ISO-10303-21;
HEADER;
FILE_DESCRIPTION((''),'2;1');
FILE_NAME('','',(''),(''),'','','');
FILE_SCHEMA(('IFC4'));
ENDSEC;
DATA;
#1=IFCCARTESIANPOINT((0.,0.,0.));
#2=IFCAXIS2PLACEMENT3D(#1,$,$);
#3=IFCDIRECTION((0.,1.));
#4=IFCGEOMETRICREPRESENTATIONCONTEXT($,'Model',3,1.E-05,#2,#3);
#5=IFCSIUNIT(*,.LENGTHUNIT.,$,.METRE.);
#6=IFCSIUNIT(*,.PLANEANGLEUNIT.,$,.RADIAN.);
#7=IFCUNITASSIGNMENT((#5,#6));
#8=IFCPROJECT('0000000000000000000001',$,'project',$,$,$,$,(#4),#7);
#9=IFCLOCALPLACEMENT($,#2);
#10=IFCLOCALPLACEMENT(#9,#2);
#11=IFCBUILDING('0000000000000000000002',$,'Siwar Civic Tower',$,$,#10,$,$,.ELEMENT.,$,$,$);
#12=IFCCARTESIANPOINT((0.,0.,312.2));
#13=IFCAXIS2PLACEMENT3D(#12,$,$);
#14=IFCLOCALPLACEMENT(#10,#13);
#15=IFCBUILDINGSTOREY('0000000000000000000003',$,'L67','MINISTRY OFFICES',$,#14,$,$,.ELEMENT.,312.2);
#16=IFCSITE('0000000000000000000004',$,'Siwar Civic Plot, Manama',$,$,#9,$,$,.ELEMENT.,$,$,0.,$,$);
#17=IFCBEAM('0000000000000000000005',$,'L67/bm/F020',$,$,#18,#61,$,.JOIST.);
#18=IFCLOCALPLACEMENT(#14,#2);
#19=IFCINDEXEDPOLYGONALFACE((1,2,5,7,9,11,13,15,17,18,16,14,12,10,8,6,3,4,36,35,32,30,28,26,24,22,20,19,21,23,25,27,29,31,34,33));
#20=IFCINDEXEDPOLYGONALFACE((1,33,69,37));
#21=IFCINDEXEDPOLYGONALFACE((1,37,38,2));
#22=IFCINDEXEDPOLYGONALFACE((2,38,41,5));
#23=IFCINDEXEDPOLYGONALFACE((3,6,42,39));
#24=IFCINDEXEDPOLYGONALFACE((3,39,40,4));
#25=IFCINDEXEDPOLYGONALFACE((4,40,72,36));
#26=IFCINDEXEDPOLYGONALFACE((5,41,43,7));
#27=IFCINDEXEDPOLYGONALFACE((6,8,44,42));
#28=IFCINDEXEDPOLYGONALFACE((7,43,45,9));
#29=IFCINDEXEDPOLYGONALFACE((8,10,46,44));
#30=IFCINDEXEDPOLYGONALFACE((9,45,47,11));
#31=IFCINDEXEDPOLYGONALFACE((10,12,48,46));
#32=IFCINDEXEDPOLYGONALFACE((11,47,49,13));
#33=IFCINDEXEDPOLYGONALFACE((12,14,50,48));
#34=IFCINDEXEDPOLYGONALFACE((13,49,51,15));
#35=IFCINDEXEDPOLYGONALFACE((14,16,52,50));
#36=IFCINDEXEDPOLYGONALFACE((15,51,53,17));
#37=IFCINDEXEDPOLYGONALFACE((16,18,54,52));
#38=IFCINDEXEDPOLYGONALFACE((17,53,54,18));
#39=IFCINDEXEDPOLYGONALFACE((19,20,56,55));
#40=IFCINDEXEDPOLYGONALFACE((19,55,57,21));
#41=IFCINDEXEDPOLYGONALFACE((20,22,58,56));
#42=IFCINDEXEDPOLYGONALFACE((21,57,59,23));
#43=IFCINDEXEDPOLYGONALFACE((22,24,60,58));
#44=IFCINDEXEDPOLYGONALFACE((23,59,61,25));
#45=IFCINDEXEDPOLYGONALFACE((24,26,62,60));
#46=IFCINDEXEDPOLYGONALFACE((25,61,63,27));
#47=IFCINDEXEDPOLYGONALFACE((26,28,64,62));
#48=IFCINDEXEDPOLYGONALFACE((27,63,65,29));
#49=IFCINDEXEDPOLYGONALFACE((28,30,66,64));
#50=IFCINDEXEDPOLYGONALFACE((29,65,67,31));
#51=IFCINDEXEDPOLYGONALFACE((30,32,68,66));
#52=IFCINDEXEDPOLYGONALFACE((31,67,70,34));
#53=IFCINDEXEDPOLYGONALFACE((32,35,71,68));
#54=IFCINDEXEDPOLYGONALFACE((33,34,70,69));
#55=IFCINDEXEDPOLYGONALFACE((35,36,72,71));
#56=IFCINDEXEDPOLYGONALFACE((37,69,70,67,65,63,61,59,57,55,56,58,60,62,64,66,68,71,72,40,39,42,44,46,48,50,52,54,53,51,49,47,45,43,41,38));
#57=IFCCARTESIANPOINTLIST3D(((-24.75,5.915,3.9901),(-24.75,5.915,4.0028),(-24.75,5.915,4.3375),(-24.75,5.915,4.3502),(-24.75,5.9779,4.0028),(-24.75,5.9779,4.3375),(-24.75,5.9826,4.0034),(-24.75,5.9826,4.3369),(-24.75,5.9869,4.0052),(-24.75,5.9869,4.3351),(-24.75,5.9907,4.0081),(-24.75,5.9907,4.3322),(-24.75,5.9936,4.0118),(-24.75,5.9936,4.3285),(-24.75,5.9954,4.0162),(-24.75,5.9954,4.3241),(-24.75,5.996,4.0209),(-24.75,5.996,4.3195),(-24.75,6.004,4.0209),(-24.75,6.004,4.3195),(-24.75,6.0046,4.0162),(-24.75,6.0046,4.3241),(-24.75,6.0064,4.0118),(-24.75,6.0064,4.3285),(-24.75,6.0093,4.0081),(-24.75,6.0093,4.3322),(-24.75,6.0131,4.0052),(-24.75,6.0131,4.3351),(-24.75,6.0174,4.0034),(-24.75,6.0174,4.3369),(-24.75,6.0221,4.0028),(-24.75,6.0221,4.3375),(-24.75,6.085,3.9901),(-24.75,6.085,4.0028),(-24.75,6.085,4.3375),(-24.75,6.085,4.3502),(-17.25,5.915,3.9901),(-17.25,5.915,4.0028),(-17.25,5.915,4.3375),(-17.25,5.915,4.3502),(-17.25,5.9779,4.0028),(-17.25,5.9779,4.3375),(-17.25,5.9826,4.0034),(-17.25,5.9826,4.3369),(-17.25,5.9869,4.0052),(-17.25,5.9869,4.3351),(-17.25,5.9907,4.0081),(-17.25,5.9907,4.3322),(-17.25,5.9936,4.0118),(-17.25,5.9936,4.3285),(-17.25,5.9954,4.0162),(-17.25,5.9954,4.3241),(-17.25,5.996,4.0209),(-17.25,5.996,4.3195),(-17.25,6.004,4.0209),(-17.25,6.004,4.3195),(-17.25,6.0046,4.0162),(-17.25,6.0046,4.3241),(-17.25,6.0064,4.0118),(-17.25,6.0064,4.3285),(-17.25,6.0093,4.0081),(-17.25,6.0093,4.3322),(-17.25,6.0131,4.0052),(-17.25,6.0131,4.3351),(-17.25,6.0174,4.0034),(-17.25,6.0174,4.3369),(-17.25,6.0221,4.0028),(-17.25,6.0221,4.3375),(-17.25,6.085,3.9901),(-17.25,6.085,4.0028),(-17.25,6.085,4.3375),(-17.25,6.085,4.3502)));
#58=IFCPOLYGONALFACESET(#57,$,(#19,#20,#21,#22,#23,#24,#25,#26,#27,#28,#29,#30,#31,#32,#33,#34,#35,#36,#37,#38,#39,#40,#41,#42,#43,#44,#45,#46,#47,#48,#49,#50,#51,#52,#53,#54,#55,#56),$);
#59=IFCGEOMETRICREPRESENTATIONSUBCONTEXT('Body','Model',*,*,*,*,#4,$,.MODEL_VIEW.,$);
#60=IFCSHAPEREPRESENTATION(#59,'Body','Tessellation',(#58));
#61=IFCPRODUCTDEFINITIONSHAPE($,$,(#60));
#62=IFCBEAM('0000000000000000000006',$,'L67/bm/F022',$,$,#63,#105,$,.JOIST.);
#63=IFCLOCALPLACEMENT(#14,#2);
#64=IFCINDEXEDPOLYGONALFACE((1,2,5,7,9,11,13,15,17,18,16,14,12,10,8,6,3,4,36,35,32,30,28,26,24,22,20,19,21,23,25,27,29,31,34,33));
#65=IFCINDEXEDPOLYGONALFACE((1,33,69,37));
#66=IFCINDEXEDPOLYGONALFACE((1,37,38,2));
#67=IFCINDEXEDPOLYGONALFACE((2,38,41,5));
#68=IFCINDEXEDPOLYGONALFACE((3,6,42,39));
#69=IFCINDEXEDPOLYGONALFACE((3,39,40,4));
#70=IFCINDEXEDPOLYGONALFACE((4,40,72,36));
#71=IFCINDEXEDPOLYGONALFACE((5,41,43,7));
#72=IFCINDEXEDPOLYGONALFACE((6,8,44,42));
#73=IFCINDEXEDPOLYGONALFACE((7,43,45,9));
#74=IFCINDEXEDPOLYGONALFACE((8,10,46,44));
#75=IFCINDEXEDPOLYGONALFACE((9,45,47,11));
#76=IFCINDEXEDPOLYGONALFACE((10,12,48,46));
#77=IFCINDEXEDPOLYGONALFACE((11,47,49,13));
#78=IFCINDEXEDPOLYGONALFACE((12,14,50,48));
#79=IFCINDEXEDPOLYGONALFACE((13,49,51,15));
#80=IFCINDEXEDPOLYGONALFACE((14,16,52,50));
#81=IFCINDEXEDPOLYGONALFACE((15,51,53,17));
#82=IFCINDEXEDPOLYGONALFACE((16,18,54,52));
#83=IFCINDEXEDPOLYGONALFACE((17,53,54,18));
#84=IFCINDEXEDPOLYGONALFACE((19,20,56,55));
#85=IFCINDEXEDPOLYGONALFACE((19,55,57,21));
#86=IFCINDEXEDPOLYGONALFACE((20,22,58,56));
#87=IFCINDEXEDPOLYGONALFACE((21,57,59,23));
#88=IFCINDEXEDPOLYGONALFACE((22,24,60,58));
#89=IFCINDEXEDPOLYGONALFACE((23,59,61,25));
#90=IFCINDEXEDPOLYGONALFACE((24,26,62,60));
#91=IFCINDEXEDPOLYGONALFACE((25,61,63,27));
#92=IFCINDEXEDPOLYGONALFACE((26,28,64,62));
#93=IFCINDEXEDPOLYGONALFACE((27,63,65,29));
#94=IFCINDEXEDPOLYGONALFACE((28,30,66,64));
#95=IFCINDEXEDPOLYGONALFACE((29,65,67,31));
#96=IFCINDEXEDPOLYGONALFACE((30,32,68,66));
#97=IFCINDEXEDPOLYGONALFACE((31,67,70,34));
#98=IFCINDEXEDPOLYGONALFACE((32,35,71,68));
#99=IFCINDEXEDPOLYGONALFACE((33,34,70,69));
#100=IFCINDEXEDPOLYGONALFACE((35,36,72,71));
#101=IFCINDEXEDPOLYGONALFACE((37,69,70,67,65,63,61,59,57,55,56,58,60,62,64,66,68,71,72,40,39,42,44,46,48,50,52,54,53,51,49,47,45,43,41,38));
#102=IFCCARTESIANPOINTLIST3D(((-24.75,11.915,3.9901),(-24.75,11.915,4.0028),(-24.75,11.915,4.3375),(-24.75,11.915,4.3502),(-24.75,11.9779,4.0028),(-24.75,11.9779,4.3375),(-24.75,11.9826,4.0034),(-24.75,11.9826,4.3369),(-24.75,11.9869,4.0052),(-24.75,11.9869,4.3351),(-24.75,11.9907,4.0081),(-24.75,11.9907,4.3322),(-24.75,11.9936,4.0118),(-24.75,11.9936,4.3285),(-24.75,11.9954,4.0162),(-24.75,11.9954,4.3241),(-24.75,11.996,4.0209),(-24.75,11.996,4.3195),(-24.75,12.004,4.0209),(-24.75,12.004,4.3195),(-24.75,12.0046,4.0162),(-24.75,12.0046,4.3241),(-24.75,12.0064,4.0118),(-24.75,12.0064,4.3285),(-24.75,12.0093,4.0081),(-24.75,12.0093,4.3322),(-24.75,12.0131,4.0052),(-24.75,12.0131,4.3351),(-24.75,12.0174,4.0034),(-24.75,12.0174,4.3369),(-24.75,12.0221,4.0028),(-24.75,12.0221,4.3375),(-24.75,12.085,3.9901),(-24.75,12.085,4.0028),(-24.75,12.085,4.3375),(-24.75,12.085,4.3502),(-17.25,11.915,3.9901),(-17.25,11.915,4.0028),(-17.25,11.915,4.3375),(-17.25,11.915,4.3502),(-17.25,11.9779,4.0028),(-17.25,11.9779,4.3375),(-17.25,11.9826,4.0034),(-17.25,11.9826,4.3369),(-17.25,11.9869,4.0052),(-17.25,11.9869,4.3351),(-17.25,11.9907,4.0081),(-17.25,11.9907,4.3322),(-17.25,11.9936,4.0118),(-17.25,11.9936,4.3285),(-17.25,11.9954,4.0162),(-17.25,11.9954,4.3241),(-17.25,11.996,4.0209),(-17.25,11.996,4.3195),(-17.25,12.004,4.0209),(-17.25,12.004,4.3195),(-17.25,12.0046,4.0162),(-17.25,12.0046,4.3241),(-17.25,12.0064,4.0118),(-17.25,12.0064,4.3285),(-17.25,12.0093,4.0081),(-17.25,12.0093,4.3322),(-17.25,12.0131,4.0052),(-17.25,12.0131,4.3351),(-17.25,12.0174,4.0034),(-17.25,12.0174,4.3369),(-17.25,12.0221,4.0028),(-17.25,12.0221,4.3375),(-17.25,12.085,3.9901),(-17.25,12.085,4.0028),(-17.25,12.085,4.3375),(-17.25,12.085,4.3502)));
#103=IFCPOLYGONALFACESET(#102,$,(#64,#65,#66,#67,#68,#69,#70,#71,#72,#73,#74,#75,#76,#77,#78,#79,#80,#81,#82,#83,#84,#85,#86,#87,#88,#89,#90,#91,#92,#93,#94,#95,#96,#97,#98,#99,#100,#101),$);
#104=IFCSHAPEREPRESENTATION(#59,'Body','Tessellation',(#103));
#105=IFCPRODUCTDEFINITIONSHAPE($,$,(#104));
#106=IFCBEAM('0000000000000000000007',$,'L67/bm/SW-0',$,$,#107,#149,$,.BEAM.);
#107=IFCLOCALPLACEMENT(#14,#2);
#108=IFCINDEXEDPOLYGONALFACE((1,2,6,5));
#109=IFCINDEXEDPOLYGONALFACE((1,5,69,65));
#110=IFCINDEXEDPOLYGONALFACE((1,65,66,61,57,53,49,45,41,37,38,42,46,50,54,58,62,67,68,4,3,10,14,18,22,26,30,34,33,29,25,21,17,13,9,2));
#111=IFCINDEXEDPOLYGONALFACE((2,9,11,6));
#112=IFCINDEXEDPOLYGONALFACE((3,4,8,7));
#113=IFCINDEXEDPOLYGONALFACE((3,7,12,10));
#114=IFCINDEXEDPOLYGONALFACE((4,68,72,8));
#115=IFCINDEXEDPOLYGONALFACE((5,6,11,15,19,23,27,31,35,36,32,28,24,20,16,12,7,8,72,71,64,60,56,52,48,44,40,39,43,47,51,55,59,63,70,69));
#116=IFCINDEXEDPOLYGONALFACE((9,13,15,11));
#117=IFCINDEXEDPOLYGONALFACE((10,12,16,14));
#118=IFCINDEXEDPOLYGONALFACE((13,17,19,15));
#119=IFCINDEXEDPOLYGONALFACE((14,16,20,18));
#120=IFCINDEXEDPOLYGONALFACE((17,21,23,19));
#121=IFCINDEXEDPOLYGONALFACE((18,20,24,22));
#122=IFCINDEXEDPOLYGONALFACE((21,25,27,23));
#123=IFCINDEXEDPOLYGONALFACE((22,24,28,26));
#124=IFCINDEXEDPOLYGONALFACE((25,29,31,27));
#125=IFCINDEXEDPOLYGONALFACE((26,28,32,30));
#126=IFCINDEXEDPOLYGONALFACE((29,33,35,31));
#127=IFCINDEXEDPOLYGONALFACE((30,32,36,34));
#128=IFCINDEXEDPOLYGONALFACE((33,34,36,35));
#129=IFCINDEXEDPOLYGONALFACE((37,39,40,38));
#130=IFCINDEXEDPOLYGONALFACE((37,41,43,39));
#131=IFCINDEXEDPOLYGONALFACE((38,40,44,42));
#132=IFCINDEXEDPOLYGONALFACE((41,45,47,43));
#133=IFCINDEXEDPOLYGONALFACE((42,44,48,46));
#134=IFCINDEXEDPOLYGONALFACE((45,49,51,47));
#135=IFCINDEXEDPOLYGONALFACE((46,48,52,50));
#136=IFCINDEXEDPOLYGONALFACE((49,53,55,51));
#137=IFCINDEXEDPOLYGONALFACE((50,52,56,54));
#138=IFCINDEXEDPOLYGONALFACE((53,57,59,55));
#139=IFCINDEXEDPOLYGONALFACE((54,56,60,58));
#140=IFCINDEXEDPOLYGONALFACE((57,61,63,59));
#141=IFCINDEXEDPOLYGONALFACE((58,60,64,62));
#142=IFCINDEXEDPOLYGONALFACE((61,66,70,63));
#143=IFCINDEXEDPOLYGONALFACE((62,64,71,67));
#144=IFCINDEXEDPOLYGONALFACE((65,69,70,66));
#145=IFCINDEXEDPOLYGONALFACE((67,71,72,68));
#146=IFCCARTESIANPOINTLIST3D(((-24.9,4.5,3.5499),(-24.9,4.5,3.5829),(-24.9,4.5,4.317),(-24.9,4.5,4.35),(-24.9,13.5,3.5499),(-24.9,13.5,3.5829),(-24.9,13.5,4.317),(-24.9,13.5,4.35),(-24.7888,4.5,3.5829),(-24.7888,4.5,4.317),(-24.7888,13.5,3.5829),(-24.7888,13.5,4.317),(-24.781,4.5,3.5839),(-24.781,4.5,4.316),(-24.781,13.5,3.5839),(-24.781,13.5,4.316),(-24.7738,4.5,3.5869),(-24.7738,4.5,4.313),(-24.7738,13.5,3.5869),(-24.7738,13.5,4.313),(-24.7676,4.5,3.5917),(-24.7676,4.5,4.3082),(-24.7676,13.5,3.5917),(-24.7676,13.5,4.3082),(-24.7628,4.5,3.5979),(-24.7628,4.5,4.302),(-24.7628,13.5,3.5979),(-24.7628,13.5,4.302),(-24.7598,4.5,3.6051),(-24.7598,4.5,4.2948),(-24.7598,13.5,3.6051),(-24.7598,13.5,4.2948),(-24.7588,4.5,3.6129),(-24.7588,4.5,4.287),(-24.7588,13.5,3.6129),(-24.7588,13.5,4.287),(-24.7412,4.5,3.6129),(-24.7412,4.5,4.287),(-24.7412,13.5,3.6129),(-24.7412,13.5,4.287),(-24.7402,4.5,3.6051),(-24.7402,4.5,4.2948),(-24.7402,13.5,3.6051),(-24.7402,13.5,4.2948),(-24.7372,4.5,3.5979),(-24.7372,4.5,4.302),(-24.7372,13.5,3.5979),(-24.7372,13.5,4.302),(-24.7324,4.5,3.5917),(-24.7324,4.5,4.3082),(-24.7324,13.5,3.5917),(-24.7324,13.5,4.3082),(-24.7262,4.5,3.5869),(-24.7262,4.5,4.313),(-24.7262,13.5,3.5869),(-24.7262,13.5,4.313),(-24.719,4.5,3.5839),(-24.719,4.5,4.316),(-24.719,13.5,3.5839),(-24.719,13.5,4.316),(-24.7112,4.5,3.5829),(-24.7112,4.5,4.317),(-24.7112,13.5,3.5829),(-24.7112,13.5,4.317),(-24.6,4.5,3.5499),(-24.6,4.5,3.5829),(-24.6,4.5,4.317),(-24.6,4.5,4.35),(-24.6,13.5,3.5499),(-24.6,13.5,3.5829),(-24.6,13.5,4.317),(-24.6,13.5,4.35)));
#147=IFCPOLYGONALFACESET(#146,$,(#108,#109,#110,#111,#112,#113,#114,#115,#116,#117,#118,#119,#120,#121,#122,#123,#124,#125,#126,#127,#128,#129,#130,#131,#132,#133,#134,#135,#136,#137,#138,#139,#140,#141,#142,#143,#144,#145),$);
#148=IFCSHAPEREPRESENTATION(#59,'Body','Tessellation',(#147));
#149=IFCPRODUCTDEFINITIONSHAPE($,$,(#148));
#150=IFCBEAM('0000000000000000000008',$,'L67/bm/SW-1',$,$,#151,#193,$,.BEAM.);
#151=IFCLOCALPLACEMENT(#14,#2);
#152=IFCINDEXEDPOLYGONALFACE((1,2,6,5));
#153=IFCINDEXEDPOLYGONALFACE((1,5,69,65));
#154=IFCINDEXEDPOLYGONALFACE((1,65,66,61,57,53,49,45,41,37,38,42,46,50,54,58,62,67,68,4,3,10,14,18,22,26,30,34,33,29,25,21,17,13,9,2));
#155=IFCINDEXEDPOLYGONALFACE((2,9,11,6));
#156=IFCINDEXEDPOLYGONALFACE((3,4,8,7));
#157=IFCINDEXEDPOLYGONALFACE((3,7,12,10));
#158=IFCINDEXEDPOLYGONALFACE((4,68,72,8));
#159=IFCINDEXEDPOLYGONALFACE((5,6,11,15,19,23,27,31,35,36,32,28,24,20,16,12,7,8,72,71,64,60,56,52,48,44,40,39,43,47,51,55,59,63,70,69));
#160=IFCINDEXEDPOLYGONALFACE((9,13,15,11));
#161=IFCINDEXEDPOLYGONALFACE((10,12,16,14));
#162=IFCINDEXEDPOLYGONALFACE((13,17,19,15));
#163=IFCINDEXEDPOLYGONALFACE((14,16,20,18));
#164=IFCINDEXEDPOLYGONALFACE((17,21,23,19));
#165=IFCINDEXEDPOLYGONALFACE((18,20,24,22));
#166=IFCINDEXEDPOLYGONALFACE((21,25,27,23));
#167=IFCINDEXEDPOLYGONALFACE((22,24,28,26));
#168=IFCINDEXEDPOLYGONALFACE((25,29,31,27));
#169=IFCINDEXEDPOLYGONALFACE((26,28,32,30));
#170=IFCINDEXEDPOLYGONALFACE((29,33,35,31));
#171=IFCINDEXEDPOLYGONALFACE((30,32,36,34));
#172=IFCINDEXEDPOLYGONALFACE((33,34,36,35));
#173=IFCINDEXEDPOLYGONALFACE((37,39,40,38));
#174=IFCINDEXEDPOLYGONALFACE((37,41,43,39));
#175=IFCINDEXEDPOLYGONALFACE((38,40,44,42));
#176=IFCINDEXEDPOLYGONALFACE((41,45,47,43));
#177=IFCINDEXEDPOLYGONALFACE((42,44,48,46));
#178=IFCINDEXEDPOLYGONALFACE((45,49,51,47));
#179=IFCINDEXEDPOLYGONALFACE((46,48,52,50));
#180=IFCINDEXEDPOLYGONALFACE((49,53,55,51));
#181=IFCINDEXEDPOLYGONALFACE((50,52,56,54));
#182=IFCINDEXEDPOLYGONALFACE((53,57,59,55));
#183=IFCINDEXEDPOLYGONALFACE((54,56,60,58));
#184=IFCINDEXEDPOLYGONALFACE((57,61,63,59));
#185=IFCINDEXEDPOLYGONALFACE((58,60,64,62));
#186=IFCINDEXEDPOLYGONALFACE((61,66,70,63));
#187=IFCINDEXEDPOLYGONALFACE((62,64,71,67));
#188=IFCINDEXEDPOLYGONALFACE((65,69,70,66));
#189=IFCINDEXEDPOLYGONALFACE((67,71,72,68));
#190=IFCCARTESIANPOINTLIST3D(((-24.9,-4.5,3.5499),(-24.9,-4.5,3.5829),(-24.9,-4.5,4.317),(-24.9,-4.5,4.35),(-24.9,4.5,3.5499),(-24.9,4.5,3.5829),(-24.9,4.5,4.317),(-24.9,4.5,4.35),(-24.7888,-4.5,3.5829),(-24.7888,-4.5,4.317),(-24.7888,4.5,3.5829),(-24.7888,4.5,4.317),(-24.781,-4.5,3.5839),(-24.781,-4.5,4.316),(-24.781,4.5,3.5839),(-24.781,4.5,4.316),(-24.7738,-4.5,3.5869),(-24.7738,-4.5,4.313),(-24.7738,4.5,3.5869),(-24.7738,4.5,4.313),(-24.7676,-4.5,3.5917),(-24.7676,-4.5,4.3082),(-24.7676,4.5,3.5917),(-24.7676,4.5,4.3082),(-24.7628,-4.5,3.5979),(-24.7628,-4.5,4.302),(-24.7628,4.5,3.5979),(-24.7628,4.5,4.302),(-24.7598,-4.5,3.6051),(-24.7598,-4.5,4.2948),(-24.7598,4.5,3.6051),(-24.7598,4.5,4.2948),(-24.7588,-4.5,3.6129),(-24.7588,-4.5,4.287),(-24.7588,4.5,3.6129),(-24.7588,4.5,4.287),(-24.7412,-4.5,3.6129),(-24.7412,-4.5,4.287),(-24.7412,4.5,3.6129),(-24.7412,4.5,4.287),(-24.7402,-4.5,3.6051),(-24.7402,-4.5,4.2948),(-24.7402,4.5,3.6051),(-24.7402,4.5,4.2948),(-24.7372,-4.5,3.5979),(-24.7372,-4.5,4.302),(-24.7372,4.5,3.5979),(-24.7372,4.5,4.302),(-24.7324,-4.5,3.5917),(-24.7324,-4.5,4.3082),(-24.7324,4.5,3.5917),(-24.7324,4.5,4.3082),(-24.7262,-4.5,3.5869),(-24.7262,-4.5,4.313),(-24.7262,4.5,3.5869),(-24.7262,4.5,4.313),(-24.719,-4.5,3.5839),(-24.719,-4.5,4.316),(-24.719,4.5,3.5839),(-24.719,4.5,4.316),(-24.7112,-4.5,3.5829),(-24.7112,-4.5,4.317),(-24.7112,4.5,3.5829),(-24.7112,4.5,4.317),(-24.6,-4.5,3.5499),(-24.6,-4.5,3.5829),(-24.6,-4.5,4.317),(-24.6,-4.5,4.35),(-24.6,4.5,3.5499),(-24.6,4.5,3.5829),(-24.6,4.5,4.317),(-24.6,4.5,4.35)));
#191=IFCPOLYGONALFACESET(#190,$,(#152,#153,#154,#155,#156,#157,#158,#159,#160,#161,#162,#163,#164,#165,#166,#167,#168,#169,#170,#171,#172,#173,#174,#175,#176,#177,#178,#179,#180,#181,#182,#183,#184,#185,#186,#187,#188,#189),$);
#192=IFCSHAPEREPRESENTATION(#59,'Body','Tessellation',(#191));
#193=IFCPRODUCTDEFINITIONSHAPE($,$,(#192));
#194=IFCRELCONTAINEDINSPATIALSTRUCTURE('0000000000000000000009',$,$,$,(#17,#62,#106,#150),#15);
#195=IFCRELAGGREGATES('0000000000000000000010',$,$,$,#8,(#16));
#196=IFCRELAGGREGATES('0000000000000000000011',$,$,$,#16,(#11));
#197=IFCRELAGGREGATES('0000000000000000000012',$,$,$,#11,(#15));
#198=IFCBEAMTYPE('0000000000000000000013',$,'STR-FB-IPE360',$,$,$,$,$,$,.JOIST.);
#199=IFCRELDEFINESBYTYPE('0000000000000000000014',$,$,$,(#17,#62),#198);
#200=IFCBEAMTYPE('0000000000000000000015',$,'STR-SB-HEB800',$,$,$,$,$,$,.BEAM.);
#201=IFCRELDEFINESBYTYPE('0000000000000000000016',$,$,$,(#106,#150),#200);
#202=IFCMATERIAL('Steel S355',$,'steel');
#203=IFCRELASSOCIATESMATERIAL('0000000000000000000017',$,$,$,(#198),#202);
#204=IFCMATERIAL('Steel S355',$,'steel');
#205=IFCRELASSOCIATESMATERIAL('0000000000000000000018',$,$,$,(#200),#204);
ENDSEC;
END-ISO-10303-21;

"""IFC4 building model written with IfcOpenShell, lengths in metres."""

from ifc_helpers import new_model, si_unit, direction, frame, origin, origin_2d, place, context, subcontext, project, spatial, i_section, extrude, material, material_profile, profile_set, type_object, element, save


model = new_model("IFC4")

# Units and contexts
model_context = context("Model", 3, precision=1e-05, world=origin(), true_north=direction((0.0, 1.0)))
body_context = subcontext(model_context, "Body", "Model", "MODEL_VIEW")
ifc_project = project(units=[si_unit("LENGTHUNIT", "METRE"), si_unit("PLANEANGLEUNIT", "RADIAN")], contexts=[model_context])

# Site, building, storey
site_placement = place(None, origin())
site = spatial("IfcSite", under=ifc_project, at=site_placement, Name="Siwar Civic Plot, Manama", CompositionType="ELEMENT", RefElevation=0.0)
building_placement = place(site_placement, origin())
building = spatial("IfcBuilding", under=site, at=building_placement, Name="Siwar Civic Tower", CompositionType="ELEMENT")
storey_placement = place(building_placement, frame((0.0, 0.0, 312.2)))
storey = spatial("IfcBuildingStorey", under=building, at=storey_placement, Name="L67", Description="MINISTRY OFFICES", CompositionType="ELEMENT", Elevation=312.2)

# Beams
ifc_material_1 = material(Name="Steel S355", Category="steel")
ifc_material_profile_1 = material_profile(ifc_material_1, i_section(OverallWidth=0.1699, OverallDepth=0.3601, WebThickness=0.0081, FlangeThickness=0.0127, FilletRadius=0.0181, at=origin_2d()), Name="IPE360")
ifc_profile_set_1 = profile_set([ifc_material_profile_1], Name="Steel S355")
beam_type_1 = type_object("IfcBeamType", Name="STR-FB-IPE360", PredefinedType="JOIST", material=ifc_profile_set_1)
for number, where, z_axis, x_axis, name in (
    (1, (-24.75, 6.0, 4.1702), (1.0, 0.0, 0.0), (0.0, 1.0, 0.0), "L67/bm/F020"),
    (2, (-24.75, 12.0, 4.1702), (1.0, 0.0, 0.0), (0.0, 1.0, 0.0), "L67/bm/F022"),
):
    element("IfcBeam", number, at=place(storey_placement, frame(where, z_axis=z_axis, x_axis=x_axis)), inside=storey, type_object=beam_type_1, Name=name, PredefinedType="JOIST", context=body_context, shape_type="SweptSolid", body=[
        extrude(i_section(OverallWidth=0.1699, OverallDepth=0.3601, WebThickness=0.0081, FlangeThickness=0.0127, FilletRadius=0.0181, at=origin_2d()), origin(), (0.0, 0.0, 1.0), 7.5),
    ])
ifc_material_2 = material(Name="Steel S355", Category="steel")
ifc_material_profile_2 = material_profile(ifc_material_2, i_section(OverallWidth=0.3, OverallDepth=0.8, WebThickness=0.0176, FlangeThickness=0.033, FilletRadius=0.03, at=origin_2d()), Name="HEB800")
ifc_profile_set_2 = profile_set([ifc_material_profile_2], Name="Steel S355")
beam_type_2 = type_object("IfcBeamType", Name="STR-SB-HEB800", PredefinedType="BEAM", material=ifc_profile_set_2)
for number, where, z_axis, x_axis, name in (
    (3, (-24.75, 13.5, 3.95), (0.0, -1.0, 0.0), (1.0, 0.0, 0.0), "L67/bm/SW-0"),
    (4, (-24.75, 4.5, 3.95), (0.0, -1.0, 0.0), (1.0, 0.0, 0.0), "L67/bm/SW-1"),
):
    element("IfcBeam", number, at=place(storey_placement, frame(where, z_axis=z_axis, x_axis=x_axis)), inside=storey, type_object=beam_type_2, Name=name, PredefinedType="BEAM", context=body_context, shape_type="SweptSolid", body=[
        extrude(i_section(OverallWidth=0.3, OverallDepth=0.8, WebThickness=0.0176, FlangeThickness=0.033, FilletRadius=0.03, at=origin_2d()), origin(), (0.0, 0.0, 1.0), 9.0),
    ])

save(model, "model.ifc")
